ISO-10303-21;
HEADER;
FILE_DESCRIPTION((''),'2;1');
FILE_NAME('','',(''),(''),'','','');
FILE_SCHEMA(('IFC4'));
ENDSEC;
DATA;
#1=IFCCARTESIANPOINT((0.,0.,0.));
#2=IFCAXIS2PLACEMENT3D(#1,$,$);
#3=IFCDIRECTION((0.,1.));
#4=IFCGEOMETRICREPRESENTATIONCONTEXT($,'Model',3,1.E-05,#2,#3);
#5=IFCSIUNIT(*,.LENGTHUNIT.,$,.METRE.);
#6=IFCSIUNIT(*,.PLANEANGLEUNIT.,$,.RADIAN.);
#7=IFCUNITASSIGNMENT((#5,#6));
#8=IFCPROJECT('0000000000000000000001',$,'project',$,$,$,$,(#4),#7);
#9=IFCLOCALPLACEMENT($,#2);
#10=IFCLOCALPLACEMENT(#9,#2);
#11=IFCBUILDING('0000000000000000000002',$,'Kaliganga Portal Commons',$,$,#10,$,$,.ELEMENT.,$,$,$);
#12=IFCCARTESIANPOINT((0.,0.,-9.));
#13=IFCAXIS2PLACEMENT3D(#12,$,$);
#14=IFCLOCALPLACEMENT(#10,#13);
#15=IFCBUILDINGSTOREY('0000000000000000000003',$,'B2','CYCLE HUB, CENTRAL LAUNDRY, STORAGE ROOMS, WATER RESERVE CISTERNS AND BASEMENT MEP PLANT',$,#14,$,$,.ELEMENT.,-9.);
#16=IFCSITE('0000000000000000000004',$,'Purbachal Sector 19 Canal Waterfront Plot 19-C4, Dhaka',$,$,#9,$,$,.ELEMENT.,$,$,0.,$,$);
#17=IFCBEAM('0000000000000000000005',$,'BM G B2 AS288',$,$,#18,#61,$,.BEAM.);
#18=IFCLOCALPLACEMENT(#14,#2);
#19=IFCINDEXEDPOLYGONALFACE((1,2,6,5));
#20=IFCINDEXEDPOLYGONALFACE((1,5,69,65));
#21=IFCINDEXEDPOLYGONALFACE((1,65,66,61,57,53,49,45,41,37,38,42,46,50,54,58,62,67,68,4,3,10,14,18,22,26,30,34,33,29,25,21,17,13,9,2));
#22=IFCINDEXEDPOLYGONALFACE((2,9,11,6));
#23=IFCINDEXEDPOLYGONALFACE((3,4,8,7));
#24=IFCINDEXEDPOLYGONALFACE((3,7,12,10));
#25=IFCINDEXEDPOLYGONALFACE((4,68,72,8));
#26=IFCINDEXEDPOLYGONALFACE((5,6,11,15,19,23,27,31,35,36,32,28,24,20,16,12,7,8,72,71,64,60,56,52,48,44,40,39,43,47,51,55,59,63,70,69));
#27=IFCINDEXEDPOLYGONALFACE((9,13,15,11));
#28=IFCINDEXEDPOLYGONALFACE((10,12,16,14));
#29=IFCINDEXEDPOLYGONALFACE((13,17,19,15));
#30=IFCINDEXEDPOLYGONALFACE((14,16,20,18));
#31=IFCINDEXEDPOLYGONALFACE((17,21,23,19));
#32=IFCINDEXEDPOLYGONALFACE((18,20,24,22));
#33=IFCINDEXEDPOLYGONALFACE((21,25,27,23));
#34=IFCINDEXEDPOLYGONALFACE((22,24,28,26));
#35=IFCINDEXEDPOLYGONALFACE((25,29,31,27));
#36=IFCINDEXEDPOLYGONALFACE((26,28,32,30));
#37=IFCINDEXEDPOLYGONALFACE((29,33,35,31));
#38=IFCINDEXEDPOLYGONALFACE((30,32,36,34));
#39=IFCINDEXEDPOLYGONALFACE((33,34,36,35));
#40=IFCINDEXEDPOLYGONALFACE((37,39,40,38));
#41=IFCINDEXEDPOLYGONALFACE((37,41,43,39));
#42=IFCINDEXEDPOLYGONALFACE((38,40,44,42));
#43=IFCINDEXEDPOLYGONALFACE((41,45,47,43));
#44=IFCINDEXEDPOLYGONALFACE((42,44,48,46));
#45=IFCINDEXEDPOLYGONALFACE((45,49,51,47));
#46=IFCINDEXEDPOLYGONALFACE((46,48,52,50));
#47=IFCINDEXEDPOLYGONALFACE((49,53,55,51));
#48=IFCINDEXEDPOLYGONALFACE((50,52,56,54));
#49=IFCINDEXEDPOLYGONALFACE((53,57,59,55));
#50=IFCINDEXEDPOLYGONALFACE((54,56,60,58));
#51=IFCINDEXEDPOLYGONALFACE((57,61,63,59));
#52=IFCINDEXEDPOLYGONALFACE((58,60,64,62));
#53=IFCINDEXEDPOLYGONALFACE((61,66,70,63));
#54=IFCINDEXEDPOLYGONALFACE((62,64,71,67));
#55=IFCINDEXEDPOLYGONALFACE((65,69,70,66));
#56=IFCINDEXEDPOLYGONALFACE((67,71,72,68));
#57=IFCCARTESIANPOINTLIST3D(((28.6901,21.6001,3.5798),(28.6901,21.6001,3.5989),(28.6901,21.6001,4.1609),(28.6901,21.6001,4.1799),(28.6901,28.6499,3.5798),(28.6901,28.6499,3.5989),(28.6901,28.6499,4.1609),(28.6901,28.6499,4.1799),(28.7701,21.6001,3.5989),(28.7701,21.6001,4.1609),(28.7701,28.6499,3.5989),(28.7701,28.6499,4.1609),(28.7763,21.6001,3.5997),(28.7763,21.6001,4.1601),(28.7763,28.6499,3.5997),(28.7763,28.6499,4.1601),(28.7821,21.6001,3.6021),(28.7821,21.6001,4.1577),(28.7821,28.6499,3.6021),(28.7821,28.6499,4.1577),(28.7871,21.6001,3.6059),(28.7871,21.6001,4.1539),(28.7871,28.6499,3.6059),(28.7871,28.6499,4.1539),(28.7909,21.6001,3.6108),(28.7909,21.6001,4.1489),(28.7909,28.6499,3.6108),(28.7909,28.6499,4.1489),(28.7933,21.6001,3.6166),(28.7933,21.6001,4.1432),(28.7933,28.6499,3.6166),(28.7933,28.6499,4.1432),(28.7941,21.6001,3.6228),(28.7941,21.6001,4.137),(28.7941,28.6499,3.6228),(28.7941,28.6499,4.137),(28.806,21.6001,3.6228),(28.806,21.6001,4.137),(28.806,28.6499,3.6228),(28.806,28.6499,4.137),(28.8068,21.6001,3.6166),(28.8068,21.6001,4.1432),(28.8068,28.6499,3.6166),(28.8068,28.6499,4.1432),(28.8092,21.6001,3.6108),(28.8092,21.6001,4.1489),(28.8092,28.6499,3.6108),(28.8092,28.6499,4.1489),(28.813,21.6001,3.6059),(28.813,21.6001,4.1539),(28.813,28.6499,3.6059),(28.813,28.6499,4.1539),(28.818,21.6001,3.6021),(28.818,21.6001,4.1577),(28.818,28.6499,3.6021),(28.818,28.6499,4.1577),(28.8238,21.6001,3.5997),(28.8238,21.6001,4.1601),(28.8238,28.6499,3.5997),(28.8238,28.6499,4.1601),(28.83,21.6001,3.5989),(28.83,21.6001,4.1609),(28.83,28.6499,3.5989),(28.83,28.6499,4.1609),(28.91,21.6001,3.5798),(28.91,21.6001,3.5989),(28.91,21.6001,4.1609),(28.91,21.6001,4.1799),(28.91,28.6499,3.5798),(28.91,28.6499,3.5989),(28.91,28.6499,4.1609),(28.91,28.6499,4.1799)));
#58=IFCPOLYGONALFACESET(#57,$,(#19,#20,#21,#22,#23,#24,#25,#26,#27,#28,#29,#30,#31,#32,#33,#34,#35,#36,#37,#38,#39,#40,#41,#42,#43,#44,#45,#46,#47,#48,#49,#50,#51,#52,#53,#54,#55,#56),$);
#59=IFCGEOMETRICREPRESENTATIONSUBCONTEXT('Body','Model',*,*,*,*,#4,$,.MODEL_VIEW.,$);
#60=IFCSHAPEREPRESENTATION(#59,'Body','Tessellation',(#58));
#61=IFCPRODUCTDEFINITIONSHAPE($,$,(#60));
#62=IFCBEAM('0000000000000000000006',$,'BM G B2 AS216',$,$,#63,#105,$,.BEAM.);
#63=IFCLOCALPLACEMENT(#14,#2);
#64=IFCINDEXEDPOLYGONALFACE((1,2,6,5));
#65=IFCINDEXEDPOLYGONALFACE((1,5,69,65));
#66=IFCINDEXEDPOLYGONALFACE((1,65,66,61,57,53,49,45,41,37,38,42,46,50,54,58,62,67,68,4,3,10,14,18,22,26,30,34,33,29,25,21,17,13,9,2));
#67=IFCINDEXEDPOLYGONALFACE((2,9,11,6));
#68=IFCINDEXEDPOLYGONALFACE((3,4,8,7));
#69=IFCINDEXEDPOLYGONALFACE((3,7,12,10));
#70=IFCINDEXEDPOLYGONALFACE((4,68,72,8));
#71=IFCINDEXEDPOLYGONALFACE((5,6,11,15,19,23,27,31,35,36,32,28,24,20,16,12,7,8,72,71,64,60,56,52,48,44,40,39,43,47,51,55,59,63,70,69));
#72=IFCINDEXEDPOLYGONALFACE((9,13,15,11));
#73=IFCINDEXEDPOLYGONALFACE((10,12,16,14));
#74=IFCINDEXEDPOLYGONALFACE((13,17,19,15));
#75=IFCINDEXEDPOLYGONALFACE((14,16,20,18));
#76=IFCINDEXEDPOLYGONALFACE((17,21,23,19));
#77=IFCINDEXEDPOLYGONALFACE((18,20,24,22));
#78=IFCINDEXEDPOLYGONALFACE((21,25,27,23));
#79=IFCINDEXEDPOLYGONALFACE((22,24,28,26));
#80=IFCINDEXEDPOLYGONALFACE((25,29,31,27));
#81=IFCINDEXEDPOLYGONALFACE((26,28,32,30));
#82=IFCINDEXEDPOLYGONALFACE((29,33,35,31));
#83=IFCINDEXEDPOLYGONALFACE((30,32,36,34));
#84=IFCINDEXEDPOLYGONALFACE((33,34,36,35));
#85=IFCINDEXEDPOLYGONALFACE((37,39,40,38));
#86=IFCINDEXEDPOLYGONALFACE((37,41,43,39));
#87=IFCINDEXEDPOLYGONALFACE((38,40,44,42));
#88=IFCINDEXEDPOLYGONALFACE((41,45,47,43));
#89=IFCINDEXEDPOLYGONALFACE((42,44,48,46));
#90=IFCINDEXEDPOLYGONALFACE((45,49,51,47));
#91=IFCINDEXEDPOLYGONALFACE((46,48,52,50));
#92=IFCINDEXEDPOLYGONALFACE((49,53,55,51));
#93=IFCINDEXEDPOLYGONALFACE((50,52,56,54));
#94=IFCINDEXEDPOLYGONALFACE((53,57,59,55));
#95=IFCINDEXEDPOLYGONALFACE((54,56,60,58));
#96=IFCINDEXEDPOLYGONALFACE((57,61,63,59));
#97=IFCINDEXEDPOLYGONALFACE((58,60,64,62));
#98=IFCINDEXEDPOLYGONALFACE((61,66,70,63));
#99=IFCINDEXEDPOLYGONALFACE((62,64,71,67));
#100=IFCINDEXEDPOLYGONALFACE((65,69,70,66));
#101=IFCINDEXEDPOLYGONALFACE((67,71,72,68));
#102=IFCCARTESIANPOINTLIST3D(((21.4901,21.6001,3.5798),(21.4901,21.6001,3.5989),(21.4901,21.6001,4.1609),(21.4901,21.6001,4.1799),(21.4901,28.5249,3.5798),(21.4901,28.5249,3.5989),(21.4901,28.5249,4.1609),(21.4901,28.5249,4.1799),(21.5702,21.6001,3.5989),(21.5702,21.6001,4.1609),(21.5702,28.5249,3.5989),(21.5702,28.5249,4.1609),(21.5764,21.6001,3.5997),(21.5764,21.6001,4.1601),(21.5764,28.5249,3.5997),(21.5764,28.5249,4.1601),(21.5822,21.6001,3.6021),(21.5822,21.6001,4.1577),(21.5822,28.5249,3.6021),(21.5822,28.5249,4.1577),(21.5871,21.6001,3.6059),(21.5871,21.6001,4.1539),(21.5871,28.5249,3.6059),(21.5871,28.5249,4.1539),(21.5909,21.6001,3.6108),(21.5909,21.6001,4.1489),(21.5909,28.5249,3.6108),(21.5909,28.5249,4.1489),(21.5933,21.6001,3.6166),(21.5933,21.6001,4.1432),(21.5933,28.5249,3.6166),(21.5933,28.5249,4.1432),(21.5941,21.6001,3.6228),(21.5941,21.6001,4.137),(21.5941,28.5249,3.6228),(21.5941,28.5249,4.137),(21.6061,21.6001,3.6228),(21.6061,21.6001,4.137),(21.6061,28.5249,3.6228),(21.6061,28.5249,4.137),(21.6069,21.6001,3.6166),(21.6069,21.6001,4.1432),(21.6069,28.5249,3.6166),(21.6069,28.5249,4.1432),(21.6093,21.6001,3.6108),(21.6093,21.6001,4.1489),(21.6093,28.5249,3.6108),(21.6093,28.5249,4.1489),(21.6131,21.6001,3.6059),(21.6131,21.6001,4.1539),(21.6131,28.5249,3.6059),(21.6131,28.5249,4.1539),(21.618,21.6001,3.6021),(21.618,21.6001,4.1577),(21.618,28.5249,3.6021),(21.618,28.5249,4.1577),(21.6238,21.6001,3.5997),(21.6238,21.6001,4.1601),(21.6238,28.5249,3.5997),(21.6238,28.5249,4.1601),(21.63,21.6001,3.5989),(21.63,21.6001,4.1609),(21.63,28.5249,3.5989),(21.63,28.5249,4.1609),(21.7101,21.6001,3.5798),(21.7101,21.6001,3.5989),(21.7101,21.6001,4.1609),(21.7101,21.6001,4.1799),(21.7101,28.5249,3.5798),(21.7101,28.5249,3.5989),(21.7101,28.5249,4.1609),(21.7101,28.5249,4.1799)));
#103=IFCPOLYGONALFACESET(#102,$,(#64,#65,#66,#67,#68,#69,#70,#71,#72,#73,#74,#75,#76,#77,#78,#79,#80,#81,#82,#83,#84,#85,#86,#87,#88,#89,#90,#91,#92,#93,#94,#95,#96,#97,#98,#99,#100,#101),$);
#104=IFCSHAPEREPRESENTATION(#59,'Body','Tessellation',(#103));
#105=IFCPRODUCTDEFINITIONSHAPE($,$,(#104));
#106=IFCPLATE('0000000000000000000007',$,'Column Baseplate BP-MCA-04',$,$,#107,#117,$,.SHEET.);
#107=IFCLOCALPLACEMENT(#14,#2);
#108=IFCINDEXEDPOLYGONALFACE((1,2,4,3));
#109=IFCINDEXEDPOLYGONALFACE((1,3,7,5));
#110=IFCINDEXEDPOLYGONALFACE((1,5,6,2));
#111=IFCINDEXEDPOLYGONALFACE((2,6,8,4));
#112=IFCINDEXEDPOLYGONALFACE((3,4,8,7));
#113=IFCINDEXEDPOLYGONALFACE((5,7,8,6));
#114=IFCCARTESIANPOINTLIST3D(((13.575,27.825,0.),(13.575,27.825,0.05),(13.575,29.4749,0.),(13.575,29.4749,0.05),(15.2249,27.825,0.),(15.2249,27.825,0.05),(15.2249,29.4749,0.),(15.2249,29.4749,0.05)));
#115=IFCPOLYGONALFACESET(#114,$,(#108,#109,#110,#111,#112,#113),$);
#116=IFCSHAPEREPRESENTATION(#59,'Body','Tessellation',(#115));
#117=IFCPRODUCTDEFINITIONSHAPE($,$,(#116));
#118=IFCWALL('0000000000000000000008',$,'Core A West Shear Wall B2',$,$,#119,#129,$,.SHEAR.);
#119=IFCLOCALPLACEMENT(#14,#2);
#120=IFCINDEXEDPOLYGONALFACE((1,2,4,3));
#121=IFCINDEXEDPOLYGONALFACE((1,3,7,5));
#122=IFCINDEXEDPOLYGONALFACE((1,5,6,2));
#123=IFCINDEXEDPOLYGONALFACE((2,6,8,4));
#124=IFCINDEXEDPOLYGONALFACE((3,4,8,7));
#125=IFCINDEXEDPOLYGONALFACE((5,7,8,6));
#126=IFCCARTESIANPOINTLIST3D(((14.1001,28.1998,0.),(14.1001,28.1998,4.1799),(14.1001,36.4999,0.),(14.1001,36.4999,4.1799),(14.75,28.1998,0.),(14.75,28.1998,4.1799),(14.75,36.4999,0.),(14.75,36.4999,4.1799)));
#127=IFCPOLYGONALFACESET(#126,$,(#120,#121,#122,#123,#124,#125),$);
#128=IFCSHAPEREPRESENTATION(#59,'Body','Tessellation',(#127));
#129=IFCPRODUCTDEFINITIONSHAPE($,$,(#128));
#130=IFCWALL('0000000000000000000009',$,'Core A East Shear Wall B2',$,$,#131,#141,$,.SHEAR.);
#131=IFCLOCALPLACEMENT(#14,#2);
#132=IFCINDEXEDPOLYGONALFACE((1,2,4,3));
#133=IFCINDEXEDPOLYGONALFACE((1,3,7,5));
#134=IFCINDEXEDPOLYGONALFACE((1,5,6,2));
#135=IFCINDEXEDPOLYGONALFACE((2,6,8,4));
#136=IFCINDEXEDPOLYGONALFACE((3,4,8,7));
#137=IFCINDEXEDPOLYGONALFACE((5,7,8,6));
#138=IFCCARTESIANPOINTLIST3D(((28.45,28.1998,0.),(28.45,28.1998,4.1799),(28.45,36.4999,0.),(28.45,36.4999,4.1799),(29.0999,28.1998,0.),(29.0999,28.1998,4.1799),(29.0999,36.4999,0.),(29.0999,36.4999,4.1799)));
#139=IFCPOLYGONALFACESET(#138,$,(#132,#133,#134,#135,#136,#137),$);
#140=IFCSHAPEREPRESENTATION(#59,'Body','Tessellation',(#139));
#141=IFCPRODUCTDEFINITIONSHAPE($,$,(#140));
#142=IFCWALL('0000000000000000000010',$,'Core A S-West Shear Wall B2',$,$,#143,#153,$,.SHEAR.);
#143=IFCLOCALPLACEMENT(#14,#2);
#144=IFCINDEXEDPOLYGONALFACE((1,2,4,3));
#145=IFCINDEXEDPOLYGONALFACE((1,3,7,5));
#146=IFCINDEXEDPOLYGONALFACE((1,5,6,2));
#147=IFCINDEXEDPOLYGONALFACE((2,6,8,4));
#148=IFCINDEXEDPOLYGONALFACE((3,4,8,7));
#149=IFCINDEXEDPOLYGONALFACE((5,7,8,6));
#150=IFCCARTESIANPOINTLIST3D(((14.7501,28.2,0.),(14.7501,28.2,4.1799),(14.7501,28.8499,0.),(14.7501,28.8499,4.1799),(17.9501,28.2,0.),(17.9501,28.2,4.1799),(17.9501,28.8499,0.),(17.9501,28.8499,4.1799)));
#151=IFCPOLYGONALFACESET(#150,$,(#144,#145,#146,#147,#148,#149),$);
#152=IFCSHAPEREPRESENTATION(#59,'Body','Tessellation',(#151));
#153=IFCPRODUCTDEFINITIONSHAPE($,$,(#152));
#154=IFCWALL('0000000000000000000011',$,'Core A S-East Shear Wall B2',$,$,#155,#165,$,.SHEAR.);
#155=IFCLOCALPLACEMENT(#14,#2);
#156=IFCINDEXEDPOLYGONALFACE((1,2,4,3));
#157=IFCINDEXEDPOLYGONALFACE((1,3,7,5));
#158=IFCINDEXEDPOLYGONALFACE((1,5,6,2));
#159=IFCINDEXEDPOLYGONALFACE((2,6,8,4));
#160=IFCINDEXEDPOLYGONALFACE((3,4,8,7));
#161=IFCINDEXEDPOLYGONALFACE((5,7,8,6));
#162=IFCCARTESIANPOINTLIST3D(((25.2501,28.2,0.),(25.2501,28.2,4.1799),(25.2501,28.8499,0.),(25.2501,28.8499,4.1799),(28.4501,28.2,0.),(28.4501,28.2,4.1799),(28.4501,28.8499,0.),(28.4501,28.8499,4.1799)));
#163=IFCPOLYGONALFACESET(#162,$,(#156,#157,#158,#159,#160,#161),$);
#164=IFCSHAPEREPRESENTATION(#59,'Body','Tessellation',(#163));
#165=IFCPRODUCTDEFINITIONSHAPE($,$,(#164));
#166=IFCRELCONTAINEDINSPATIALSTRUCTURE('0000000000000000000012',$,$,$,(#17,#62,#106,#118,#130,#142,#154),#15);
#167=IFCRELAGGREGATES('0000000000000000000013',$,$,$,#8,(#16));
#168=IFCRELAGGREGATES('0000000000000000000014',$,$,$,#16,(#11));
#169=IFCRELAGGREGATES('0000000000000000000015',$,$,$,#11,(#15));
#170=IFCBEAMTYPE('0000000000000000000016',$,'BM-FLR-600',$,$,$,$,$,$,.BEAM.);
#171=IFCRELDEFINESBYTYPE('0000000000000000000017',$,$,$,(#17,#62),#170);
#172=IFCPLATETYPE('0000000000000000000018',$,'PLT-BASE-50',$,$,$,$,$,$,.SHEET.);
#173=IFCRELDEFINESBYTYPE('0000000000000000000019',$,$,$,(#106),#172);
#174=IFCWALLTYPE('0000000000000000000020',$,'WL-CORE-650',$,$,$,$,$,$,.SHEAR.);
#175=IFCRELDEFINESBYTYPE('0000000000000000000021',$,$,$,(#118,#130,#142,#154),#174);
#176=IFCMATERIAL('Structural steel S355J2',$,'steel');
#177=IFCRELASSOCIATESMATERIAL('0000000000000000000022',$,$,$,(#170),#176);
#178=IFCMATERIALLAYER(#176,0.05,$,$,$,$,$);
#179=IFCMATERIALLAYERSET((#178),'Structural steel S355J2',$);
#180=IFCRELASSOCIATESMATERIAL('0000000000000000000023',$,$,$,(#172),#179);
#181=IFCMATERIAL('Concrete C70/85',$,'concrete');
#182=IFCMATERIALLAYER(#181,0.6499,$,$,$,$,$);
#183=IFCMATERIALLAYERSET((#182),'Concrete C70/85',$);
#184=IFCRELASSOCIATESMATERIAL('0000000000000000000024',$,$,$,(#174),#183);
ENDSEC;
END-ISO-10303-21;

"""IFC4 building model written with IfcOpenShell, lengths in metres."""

from ifc_helpers import new_model, si_unit, direction, frame, frame_2d, origin, origin_2d, place, context, subcontext, project, spatial, rectangle, i_section, extrude, source, transform, mapped, material, layer, layer_set, material_profile, profile_set, type_object, element, save


model = new_model("IFC4")

# Units and contexts
model_context = context("Model", 3, precision=1e-05, world=origin(), true_north=direction((0.0, 1.0)))
body_context = subcontext(model_context, "Body", "Model", "MODEL_VIEW")
ifc_project = project(units=[si_unit("LENGTHUNIT", "METRE"), si_unit("PLANEANGLEUNIT", "RADIAN")], contexts=[model_context])

# Site, building, storey
site_placement = place(None, origin())
site = spatial("IfcSite", under=ifc_project, at=site_placement, Name="Purbachal Sector 19 Canal Waterfront Plot 19-C4, Dhaka", CompositionType="ELEMENT", RefElevation=0.0)
building_placement = place(site_placement, origin())
building = spatial("IfcBuilding", under=site, at=building_placement, Name="Kaliganga Portal Commons", CompositionType="ELEMENT")
storey_placement = place(building_placement, frame((0.0, 0.0, -9.0)))
storey = spatial("IfcBuildingStorey", under=building, at=storey_placement, Name="B2", Description="CYCLE HUB, CENTRAL LAUNDRY, STORAGE ROOMS, WATER RESERVE CISTERNS AND BASEMENT MEP PLANT", CompositionType="ELEMENT", Elevation=-9.0)

# Shared definitions
ifc_material_1 = material(Name="Concrete C70/85", Category="concrete")

# Beams
ifc_material_2 = material(Name="Structural steel S355J2", Category="steel")
ifc_material_profile_1 = material_profile(ifc_material_2, i_section(OverallWidth=0.22, OverallDepth=0.6001, WebThickness=0.012, FlangeThickness=0.019, FilletRadius=0.0239, at=origin_2d()), Name="IPE 600")
ifc_profile_set_1 = profile_set([ifc_material_profile_1], Name="Structural steel S355J2 wide-flange")
beam_type_1 = type_object("IfcBeamType", Name="BM-FLR-600", PredefinedType="BEAM", material=ifc_profile_set_1)
shared_shape_1 = source(origin(), body_context, "Body", "SweptSolid", [
    extrude(i_section(OverallWidth=0.22, OverallDepth=0.6001, WebThickness=0.012, FlangeThickness=0.019, FilletRadius=0.0239, at=origin_2d()), origin(), (0.0, 0.0, 1.0), 7.0498),
])
beam_1_placement = place(storey_placement, frame((28.8, 21.6001, 3.8799), z_axis=(0.0, 1.0, 0.0), x_axis=(-1.0, 0.0, 0.0)))
element("IfcBeam", 1, at=beam_1_placement, inside=storey, type_object=beam_type_1, Name="BM G B2 AS288", PredefinedType="BEAM", context=body_context, shape_type="MappedRepresentation", body=[
    mapped(shared_shape_1, transform((0.0, 0.0, 0.0), x_axis=(1.0, 0.0, 0.0), y_axis=(0.0, 1.0, 0.0), z_axis=(0.0, 0.0, 1.0), scale=1.0)),
])
shared_shape_2 = source(origin(), body_context, "Body", "SweptSolid", [
    extrude(i_section(OverallWidth=0.22, OverallDepth=0.6001, WebThickness=0.012, FlangeThickness=0.019, FilletRadius=0.0239, at=origin_2d()), origin(), (0.0, 0.0, 1.0), 6.9248),
])
beam_2_placement = place(storey_placement, frame((21.6001, 21.6001, 3.8799), z_axis=(0.0, 1.0, 0.0), x_axis=(-1.0, 0.0, 0.0)))
element("IfcBeam", 2, at=beam_2_placement, inside=storey, type_object=beam_type_1, Name="BM G B2 AS216", PredefinedType="BEAM", context=body_context, shape_type="MappedRepresentation", body=[
    mapped(shared_shape_2, transform((0.0, 0.0, 0.0), x_axis=(1.0, 0.0, 0.0), y_axis=(0.0, 1.0, 0.0), z_axis=(0.0, 0.0, 1.0), scale=1.0)),
])

# Plate
ifc_layer_1 = layer(ifc_material_2, 0.05)
ifc_layer_set_1 = layer_set([ifc_layer_1], Name="Structural steel S355J2")
plate_type = type_object("IfcPlateType", Name="PLT-BASE-50", PredefinedType="SHEET", material=ifc_layer_set_1)
shared_shape_3 = source(origin(), body_context, "Body", "SweptSolid", [
    extrude(rectangle(XDim=1.6499, YDim=1.6499, at=origin_2d()), origin(), (0.0, 0.0, 1.0), 0.05),
])
plate_placement = place(storey_placement, frame((14.3999, 28.6499, 0.0), z_axis=(0.0, 0.0, 1.0), x_axis=(1.0, 0.0, 0.0)))
element("IfcPlate", 3, at=plate_placement, inside=storey, type_object=plate_type, Name="Column Baseplate BP-MCA-04", PredefinedType="SHEET", context=body_context, shape_type="MappedRepresentation", body=[
    mapped(shared_shape_3, transform((0.0, 0.0, 0.0), x_axis=(1.0, 0.0, 0.0), y_axis=(0.0, 1.0, 0.0), z_axis=(0.0, 0.0, 1.0), scale=1.0)),
])

# Walls
ifc_layer_2 = layer(ifc_material_1, 0.6499)
ifc_layer_set_2 = layer_set([ifc_layer_2], Name="Concrete C70/85")
wall_type_1 = type_object("IfcWallType", Name="WL-CORE-650", PredefinedType="SHEAR", material=ifc_layer_set_2)
for number, where, z_axis, x_axis, name in (
    (4, (14.425, 28.2, 0.0), (0.0, 0.0, 1.0), (0.0, 1.0, 0.0), "Core A West Shear Wall B2"),
    (5, (28.7749, 28.2, 0.0), (0.0, 0.0, 1.0), (0.0, 1.0, 0.0), "Core A East Shear Wall B2"),
):
    element("IfcWall", number, at=place(storey_placement, frame(where, z_axis=z_axis, x_axis=x_axis)), inside=storey, type_object=wall_type_1, Name=name, PredefinedType="SHEAR", context=body_context, shape_type="SweptSolid", body=[
        extrude(rectangle(XDim=8.3, YDim=0.6499, at=frame_2d((4.1499, 0.0))), origin(), (0.0, 0.0, 1.0), 4.1799),
    ])
for number, where, z_axis, x_axis, name in (
    (6, (14.75, 28.5249, 0.0), (0.0, 0.0, 1.0), (1.0, 0.0, 0.0), "Core A S-West Shear Wall B2"),
    (7, (25.25, 28.5249, 0.0), (0.0, 0.0, 1.0), (1.0, 0.0, 0.0), "Core A S-East Shear Wall B2"),
):
    element("IfcWall", number, at=place(storey_placement, frame(where, z_axis=z_axis, x_axis=x_axis)), inside=storey, type_object=wall_type_1, Name=name, PredefinedType="SHEAR", context=body_context, shape_type="SweptSolid", body=[
        extrude(rectangle(XDim=3.2, YDim=0.6499, at=frame_2d((1.6001, 0.0))), origin(), (0.0, 0.0, 1.0), 4.1799),
    ])

save(model, "model.ifc")
